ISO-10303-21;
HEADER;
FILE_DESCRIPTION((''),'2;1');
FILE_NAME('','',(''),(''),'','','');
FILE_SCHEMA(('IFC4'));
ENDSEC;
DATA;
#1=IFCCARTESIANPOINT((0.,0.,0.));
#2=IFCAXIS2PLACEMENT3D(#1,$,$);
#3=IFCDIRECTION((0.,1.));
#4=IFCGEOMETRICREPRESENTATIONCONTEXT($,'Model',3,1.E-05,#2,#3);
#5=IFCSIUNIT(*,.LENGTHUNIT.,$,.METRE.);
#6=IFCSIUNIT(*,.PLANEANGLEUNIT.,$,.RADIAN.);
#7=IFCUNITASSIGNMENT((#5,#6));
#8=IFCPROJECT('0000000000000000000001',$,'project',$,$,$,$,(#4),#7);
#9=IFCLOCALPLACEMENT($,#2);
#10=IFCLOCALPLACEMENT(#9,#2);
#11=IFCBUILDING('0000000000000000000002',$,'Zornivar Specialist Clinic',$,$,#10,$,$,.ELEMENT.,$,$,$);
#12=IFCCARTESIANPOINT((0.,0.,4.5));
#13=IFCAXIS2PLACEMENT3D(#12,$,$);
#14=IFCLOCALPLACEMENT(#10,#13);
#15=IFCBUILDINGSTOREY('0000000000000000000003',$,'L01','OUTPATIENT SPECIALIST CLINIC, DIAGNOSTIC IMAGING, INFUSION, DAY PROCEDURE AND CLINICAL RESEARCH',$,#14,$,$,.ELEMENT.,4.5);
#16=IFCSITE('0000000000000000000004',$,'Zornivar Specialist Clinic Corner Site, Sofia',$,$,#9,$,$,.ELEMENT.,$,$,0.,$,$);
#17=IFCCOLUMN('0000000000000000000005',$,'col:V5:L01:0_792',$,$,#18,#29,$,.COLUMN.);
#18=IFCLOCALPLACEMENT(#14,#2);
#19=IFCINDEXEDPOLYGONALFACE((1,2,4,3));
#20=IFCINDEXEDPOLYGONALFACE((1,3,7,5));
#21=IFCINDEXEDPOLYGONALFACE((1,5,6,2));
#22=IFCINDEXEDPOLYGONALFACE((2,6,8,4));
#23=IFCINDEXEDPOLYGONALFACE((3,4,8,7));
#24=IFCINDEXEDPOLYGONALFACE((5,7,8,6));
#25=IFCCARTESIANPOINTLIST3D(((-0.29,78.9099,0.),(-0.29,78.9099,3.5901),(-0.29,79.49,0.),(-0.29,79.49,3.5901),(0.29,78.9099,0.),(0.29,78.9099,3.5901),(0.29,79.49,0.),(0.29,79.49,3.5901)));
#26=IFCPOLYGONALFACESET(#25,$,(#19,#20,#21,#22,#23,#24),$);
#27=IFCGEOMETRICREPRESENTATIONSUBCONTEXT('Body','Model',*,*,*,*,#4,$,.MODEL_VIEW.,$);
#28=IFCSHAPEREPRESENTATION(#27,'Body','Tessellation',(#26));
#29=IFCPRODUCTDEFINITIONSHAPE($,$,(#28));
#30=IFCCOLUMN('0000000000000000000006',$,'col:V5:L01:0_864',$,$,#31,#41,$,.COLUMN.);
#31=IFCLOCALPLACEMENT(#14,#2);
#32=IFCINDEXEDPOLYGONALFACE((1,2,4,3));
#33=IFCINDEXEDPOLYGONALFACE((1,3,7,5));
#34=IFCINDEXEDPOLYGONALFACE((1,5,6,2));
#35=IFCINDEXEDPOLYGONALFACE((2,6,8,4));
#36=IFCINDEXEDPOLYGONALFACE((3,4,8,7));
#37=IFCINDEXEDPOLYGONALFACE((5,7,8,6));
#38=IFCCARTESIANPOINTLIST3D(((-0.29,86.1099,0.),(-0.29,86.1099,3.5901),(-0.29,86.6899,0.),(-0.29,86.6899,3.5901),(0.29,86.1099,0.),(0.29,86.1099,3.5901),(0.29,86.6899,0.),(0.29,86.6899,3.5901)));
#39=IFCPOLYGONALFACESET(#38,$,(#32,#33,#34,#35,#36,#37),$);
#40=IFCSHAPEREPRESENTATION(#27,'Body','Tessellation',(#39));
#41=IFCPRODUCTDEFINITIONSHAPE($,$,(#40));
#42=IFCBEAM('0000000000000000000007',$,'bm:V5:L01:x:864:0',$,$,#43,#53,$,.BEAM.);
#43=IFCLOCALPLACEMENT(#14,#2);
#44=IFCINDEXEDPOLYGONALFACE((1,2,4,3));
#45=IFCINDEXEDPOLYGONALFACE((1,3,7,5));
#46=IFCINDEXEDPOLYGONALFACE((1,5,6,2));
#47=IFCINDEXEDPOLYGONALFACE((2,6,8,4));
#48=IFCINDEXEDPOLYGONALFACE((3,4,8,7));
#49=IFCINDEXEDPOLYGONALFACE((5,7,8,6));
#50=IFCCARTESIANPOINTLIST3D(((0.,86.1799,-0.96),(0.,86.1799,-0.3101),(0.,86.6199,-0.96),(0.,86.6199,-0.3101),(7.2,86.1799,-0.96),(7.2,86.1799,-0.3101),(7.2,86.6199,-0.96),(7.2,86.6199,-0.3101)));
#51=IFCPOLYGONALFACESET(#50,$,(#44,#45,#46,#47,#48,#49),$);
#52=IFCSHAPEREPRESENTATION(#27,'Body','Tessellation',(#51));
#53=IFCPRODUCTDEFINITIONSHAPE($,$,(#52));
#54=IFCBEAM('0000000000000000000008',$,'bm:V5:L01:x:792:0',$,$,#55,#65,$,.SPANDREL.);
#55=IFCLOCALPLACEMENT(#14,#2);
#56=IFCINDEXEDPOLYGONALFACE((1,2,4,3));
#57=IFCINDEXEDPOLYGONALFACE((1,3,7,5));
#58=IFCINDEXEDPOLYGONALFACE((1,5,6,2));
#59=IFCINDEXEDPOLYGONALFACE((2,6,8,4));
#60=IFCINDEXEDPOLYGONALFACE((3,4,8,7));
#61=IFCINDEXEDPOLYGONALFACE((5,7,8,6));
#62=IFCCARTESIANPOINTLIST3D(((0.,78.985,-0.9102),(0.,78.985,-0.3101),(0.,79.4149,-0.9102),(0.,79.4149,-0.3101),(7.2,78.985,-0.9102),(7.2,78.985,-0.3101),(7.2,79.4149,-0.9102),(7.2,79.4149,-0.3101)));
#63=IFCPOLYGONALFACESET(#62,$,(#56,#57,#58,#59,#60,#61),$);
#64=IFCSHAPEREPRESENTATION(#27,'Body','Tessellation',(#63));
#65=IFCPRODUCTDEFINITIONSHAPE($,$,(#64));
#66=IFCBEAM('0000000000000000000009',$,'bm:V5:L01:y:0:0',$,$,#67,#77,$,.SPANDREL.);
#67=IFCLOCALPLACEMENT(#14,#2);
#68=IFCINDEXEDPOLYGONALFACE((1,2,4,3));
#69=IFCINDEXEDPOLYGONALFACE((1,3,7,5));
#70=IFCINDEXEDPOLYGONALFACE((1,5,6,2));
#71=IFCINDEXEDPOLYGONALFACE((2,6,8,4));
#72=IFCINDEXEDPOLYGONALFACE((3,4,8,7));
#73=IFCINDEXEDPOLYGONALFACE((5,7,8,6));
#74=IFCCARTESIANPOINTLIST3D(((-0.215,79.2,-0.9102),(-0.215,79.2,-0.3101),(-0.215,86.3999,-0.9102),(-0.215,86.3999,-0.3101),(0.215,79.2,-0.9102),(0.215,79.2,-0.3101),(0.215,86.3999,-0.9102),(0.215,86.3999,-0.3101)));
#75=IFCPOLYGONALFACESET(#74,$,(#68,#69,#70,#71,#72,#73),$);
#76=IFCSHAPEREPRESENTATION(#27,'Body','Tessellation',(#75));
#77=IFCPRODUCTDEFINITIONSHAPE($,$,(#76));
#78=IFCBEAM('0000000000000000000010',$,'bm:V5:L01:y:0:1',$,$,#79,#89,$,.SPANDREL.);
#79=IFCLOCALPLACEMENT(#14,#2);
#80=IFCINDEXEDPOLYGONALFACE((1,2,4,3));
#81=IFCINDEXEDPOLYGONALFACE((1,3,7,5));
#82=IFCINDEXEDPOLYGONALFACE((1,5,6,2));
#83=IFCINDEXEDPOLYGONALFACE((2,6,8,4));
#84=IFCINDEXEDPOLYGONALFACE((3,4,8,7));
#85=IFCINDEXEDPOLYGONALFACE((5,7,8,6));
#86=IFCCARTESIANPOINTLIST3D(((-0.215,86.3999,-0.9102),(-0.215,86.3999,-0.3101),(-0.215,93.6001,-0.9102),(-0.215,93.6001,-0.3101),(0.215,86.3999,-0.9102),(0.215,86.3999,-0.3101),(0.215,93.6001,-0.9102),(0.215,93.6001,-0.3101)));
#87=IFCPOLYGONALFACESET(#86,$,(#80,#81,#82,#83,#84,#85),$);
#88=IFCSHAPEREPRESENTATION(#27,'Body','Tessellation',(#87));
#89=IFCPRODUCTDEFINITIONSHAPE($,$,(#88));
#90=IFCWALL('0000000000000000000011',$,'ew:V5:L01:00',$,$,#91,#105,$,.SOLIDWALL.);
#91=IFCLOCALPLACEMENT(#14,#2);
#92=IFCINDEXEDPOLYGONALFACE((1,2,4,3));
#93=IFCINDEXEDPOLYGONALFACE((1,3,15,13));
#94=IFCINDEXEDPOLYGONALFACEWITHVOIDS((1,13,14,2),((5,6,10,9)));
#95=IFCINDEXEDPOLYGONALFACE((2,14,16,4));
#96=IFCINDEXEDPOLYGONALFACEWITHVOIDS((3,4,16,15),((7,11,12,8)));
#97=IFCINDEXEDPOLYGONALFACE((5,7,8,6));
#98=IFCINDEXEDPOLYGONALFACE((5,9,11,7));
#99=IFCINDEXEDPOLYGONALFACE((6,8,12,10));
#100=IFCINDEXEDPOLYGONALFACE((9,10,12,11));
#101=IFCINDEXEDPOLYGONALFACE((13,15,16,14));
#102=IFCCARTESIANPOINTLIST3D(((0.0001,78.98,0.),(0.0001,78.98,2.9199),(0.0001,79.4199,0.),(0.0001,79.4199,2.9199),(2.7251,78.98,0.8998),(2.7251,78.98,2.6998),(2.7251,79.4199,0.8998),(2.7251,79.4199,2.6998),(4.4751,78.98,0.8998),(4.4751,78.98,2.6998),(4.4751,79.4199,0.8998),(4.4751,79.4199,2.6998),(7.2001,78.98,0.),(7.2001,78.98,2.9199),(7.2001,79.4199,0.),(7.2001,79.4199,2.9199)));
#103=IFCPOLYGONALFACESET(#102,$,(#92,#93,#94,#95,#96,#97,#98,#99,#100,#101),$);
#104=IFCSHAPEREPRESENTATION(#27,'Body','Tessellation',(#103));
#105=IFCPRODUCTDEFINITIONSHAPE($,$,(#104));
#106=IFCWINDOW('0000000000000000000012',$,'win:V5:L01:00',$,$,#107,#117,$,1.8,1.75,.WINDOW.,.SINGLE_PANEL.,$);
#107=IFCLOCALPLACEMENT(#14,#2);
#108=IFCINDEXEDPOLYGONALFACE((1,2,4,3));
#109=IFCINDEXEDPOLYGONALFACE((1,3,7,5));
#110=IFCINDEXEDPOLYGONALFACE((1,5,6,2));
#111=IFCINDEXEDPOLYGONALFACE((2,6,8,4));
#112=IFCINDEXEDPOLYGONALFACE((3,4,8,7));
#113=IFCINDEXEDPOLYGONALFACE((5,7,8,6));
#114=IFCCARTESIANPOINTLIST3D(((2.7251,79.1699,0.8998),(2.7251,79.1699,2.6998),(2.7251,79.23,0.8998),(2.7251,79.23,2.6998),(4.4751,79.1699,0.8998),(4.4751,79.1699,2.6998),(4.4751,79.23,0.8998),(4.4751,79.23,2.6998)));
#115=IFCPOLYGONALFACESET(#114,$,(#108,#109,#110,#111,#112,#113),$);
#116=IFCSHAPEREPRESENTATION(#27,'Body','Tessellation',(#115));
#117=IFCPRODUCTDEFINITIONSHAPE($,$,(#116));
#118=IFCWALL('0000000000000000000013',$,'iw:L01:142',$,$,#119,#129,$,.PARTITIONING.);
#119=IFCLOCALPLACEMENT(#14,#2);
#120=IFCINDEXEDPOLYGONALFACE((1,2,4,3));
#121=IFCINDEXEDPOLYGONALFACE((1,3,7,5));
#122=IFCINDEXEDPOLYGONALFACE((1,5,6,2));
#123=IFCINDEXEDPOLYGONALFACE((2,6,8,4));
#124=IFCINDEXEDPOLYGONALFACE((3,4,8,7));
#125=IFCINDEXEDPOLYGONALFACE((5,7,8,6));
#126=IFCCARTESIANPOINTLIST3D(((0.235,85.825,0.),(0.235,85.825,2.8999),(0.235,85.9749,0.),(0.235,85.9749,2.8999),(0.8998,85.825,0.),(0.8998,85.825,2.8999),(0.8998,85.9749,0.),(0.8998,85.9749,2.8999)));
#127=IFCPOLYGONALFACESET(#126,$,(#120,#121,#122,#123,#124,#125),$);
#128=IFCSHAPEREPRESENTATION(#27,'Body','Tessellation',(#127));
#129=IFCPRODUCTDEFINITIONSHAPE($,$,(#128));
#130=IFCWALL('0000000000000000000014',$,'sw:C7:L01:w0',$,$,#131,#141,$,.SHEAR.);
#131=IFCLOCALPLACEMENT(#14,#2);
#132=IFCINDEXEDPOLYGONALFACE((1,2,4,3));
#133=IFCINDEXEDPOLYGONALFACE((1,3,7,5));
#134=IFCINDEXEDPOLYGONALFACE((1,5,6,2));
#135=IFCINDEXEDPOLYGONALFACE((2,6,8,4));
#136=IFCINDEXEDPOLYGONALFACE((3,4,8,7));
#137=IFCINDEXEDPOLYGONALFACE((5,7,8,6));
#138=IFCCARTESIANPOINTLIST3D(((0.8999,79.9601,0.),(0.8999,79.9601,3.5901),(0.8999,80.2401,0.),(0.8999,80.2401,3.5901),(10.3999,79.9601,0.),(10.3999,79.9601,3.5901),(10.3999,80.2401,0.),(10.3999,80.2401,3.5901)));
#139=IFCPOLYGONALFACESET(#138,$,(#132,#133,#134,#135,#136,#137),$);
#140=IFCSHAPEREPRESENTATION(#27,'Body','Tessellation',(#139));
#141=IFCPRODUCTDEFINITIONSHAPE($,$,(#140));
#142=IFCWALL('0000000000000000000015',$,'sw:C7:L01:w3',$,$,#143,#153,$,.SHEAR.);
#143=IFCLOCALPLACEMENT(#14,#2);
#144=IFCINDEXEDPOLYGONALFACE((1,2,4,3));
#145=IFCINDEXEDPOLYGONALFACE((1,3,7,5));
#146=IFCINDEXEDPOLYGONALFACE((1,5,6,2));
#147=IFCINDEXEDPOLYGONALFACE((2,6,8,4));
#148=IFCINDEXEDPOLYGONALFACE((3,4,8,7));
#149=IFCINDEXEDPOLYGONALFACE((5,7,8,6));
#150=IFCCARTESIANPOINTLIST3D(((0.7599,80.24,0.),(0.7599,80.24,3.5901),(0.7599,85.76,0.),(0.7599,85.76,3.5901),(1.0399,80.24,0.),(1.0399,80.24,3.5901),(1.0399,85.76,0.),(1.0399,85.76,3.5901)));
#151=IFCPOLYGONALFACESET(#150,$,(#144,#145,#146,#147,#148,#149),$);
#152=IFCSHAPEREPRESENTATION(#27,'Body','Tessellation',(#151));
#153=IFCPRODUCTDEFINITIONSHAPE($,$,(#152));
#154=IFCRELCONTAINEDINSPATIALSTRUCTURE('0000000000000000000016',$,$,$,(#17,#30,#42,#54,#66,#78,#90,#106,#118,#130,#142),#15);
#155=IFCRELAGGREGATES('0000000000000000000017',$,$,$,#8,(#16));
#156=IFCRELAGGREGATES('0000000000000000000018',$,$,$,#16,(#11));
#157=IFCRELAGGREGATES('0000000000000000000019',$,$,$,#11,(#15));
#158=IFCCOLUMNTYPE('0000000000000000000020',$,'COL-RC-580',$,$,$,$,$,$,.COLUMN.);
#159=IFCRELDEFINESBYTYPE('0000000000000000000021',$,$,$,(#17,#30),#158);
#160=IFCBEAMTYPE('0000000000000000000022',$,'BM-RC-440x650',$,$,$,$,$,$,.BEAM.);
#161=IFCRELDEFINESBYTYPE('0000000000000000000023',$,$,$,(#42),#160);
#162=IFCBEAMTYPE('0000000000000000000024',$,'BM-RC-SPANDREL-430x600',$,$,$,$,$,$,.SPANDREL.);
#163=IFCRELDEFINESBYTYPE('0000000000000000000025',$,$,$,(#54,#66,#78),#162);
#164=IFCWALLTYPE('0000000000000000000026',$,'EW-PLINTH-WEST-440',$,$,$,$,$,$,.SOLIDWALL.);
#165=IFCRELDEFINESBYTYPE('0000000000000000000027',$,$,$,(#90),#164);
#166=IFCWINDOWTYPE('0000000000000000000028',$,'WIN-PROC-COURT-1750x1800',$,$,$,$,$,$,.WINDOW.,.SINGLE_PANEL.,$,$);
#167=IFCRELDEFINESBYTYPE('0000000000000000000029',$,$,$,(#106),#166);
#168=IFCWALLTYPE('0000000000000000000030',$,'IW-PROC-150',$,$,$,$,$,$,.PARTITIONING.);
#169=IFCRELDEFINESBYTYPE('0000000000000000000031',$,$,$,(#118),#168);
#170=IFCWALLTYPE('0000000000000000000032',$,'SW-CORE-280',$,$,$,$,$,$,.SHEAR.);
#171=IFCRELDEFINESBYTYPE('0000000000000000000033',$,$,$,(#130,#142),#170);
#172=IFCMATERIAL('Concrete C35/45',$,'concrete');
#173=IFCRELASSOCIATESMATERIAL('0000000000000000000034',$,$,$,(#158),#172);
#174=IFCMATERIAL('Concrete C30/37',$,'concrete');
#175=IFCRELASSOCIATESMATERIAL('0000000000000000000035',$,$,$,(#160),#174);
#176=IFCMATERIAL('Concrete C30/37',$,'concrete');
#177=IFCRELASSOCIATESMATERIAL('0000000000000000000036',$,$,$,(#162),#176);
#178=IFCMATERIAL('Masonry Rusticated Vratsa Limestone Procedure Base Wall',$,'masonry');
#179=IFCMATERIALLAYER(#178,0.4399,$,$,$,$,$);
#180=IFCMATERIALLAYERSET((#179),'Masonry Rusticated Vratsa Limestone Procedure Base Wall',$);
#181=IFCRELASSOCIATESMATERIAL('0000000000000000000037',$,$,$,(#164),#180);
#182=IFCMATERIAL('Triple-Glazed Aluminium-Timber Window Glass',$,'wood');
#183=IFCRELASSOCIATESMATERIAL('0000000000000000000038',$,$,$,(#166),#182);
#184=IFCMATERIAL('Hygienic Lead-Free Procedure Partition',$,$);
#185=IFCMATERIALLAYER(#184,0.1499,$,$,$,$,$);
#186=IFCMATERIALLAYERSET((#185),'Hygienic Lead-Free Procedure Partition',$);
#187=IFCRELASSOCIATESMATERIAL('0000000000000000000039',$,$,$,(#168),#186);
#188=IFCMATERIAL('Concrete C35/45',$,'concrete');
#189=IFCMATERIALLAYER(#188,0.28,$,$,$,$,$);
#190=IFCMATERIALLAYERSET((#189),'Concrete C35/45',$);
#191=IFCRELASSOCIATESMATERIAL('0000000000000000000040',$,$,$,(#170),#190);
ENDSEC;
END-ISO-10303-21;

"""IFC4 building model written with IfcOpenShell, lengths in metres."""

from ifc_helpers import new_model, si_unit, direction, frame, frame_2d, origin, origin_2d, place, context, subcontext, project, spatial, rectangle, extrude, material, layer, layer_set, material_profile, profile_set, type_object, element, fill, save


model = new_model("IFC4")

# Units and contexts
model_context = context("Model", 3, precision=1e-05, world=origin(), true_north=direction((0.0, 1.0)))
body_context = subcontext(model_context, "Body", "Model", "MODEL_VIEW")
ifc_project = project(units=[si_unit("LENGTHUNIT", "METRE"), si_unit("PLANEANGLEUNIT", "RADIAN")], contexts=[model_context])

# Site, building, storey
site_placement = place(None, origin())
site = spatial("IfcSite", under=ifc_project, at=site_placement, Name="Zornivar Specialist Clinic Corner Site, Sofia", CompositionType="ELEMENT", RefElevation=0.0)
building_placement = place(site_placement, origin())
building = spatial("IfcBuilding", under=site, at=building_placement, Name="Zornivar Specialist Clinic", CompositionType="ELEMENT")
storey_placement = place(building_placement, frame((0.0, 0.0, 4.5)))
storey = spatial("IfcBuildingStorey", under=building, at=storey_placement, Name="L01", Description="OUTPATIENT SPECIALIST CLINIC, DIAGNOSTIC IMAGING, INFUSION, DAY PROCEDURE AND CLINICAL RESEARCH", CompositionType="ELEMENT", Elevation=4.5)

# Columns
ifc_material_1 = material(Name="Concrete C35/45", Category="concrete")
ifc_material_profile_1 = material_profile(ifc_material_1, rectangle(XDim=0.5801, YDim=0.5801, at=origin_2d()), Name="RC 580x580")
ifc_profile_set_1 = profile_set([ifc_material_profile_1], Name="Concrete C35/45")
column_type = type_object("IfcColumnType", Name="COL-RC-580", PredefinedType="COLUMN", material=ifc_profile_set_1)
for number, where, z_axis, x_axis, name in (
    (1, (0.0, 79.2, 0.0), (0.0, 0.0, 1.0), (1.0, 0.0, 0.0), "col:V5:L01:0_792"),
    (2, (0.0, 86.3999, 0.0), (0.0, 0.0, 1.0), (1.0, 0.0, 0.0), "col:V5:L01:0_864"),
):
    element("IfcColumn", number, at=place(storey_placement, frame(where, z_axis=z_axis, x_axis=x_axis)), inside=storey, type_object=column_type, Name=name, PredefinedType="COLUMN", context=body_context, shape_type="SweptSolid", body=[
        extrude(rectangle(XDim=0.5801, YDim=0.5801, at=origin_2d()), origin(), (0.0, 0.0, 1.0), 3.5901),
    ])

# Beams
ifc_material_2 = material(Name="Concrete C30/37", Category="concrete")
ifc_material_profile_2 = material_profile(ifc_material_2, rectangle(XDim=0.4399, YDim=0.6499, at=origin_2d()), Name="RC 440x650")
ifc_profile_set_2 = profile_set([ifc_material_profile_2], Name="Concrete C30/37")
beam_type_1 = type_object("IfcBeamType", Name="BM-RC-440x650", PredefinedType="BEAM", material=ifc_profile_set_2)
beam_1_placement = place(storey_placement, frame((0.0, 86.3999, -0.635), z_axis=(1.0, 0.0, 0.0), x_axis=(0.0, 1.0, 0.0)))
element("IfcBeam", 3, at=beam_1_placement, inside=storey, type_object=beam_type_1, Name="bm:V5:L01:x:864:0", PredefinedType="BEAM", context=body_context, shape_type="SweptSolid", body=[
    extrude(rectangle(XDim=0.4399, YDim=0.6499, at=origin_2d()), origin(), (0.0, 0.0, 1.0), 7.2),
])
ifc_material_3 = material(Name="Concrete C30/37", Category="concrete")
ifc_material_profile_3 = material_profile(ifc_material_3, rectangle(XDim=0.4299, YDim=0.6001, at=origin_2d()), Name="RC 430x600")
ifc_profile_set_3 = profile_set([ifc_material_profile_3], Name="Concrete C30/37")
beam_type_2 = type_object("IfcBeamType", Name="BM-RC-SPANDREL-430x600", PredefinedType="SPANDREL", material=ifc_profile_set_3)
for number, where, z_axis, x_axis, name in (
    (4, (0.0, 79.2, -0.6101), (1.0, 0.0, 0.0), (0.0, 1.0, 0.0), "bm:V5:L01:x:792:0"),
    (5, (0.0, 79.2, -0.6101), (0.0, 1.0, 0.0), (-1.0, 0.0, 0.0), "bm:V5:L01:y:0:0"),
):
    element("IfcBeam", number, at=place(storey_placement, frame(where, z_axis=z_axis, x_axis=x_axis)), inside=storey, type_object=beam_type_2, Name=name, PredefinedType="SPANDREL", context=body_context, shape_type="SweptSolid", body=[
        extrude(rectangle(XDim=0.4299, YDim=0.6001, at=origin_2d()), origin(), (0.0, 0.0, 1.0), 7.2),
    ])
beam_2_placement = place(storey_placement, frame((0.0, 86.3999, -0.6101), z_axis=(0.0, 1.0, 0.0), x_axis=(-1.0, 0.0, 0.0)))
element("IfcBeam", 6, at=beam_2_placement, inside=storey, type_object=beam_type_2, Name="bm:V5:L01:y:0:1", PredefinedType="SPANDREL", context=body_context, shape_type="SweptSolid", body=[
    extrude(rectangle(XDim=0.4299, YDim=0.6001, at=origin_2d()), origin(), (0.0, 0.0, 1.0), 7.2002),
])

# Wall, opening, window
ifc_material_4 = material(Name="Masonry Rusticated Vratsa Limestone Procedure Base Wall", Category="masonry")
ifc_layer_1 = layer(ifc_material_4, 0.4399)
ifc_layer_set_1 = layer_set([ifc_layer_1], Name="Masonry Rusticated Vratsa Limestone Procedure Base Wall")
wall_type_1 = type_object("IfcWallType", Name="EW-PLINTH-WEST-440", PredefinedType="SOLIDWALL", material=ifc_layer_set_1)
wall_1_placement = place(storey_placement, frame((0.0, 79.2, 0.0), z_axis=(0.0, 0.0, 1.0), x_axis=(1.0, 0.0, 0.0)))
wall_1 = element("IfcWall", 7, at=wall_1_placement, inside=storey, type_object=wall_type_1, Name="ew:V5:L01:00", PredefinedType="SOLIDWALL", context=body_context, shape_type="SweptSolid", body=[
    extrude(rectangle(XDim=7.2, YDim=0.4399, at=frame_2d((3.6001, 0.0))), origin(), (0.0, 0.0, 1.0), 2.9199),
])
opening_1_placement = place(wall_1_placement, frame((2.7251, 0.0, 0.8999)))
opening_1 = element("IfcOpeningElement", 8, at=opening_1_placement, cuts=wall_1, PredefinedType="OPENING", context=body_context, shape_type="SweptSolid", body=[
    extrude(rectangle(XDim=1.75, YDim=1.8, at=frame_2d((0.875, 0.8999))), frame((0.0, 0.23, 0.0), z_axis=(0.0, -1.0, 0.0), x_axis=(1.0, 0.0, 0.0)), (0.0, 0.0, 1.0), 0.46),
])
ifc_material_5 = material(Name="Triple-Glazed Aluminium-Timber Window Glass", Category="wood")
window_type = type_object("IfcWindowType", Name="WIN-PROC-COURT-1750x1800", PartitioningType="SINGLE_PANEL", PredefinedType="WINDOW", material=ifc_material_5)
window_placement = place(opening_1_placement, origin())
window = element("IfcWindow", 9, at=window_placement, inside=storey, type_object=window_type, Name="win:V5:L01:00", OverallHeight=1.8, OverallWidth=1.75, PartitioningType="SINGLE_PANEL", PredefinedType="WINDOW", context=body_context, shape_type="SweptSolid", body=[
    extrude(rectangle(XDim=1.75, YDim=1.8, at=frame_2d((0.875, 0.8999))), frame((0.0, 0.03, 0.0), z_axis=(0.0, -1.0, 0.0), x_axis=(1.0, 0.0, 0.0)), (0.0, 0.0, 1.0), 0.0601),
])
fill(opening_1, window)

# Walls
ifc_material_6 = material(Name="Hygienic Lead-Free Procedure Partition")
ifc_layer_2 = layer(ifc_material_6, 0.1499)
ifc_layer_set_2 = layer_set([ifc_layer_2], Name="Hygienic Lead-Free Procedure Partition")
wall_type_2 = type_object("IfcWallType", Name="IW-PROC-150", PredefinedType="PARTITIONING", material=ifc_layer_set_2)
wall_2_placement = place(storey_placement, frame((0.8999, 85.8999, 0.0), z_axis=(0.0, 0.0, 1.0), x_axis=(-1.0, 0.0, 0.0)))
element("IfcWall", 10, at=wall_2_placement, inside=storey, type_object=wall_type_2, Name="iw:L01:142", PredefinedType="PARTITIONING", context=body_context, shape_type="SweptSolid", body=[
    extrude(rectangle(XDim=0.6648, YDim=0.1499, at=frame_2d((0.3325, 0.0))), origin(), (0.0, 0.0, 1.0), 2.8999),
])
ifc_material_7 = material(Name="Concrete C35/45", Category="concrete")
ifc_layer_3 = layer(ifc_material_7, 0.28)
ifc_layer_set_3 = layer_set([ifc_layer_3], Name="Concrete C35/45")
wall_type_3 = type_object("IfcWallType", Name="SW-CORE-280", PredefinedType="SHEAR", material=ifc_layer_set_3)
wall_3_placement = place(storey_placement, frame((0.8999, 80.1001, 0.0), z_axis=(0.0, 0.0, 1.0), x_axis=(1.0, 0.0, 0.0)))
element("IfcWall", 11, at=wall_3_placement, inside=storey, type_object=wall_type_3, Name="sw:C7:L01:w0", PredefinedType="SHEAR", context=body_context, shape_type="SweptSolid", body=[
    extrude(rectangle(XDim=9.5, YDim=0.28, at=frame_2d((4.75, 0.0))), origin(), (0.0, 0.0, 1.0), 3.5901),
])
wall_4_placement = place(storey_placement, frame((0.8999, 85.76, 0.0), z_axis=(0.0, 0.0, 1.0), x_axis=(0.0, -1.0, 0.0)))
element("IfcWall", 12, at=wall_4_placement, inside=storey, type_object=wall_type_3, Name="sw:C7:L01:w3", PredefinedType="SHEAR", context=body_context, shape_type="SweptSolid", body=[
    extrude(rectangle(XDim=5.52, YDim=0.28, at=frame_2d((2.76, 0.0))), origin(), (0.0, 0.0, 1.0), 3.5901),
])

save(model, "model.ifc")
